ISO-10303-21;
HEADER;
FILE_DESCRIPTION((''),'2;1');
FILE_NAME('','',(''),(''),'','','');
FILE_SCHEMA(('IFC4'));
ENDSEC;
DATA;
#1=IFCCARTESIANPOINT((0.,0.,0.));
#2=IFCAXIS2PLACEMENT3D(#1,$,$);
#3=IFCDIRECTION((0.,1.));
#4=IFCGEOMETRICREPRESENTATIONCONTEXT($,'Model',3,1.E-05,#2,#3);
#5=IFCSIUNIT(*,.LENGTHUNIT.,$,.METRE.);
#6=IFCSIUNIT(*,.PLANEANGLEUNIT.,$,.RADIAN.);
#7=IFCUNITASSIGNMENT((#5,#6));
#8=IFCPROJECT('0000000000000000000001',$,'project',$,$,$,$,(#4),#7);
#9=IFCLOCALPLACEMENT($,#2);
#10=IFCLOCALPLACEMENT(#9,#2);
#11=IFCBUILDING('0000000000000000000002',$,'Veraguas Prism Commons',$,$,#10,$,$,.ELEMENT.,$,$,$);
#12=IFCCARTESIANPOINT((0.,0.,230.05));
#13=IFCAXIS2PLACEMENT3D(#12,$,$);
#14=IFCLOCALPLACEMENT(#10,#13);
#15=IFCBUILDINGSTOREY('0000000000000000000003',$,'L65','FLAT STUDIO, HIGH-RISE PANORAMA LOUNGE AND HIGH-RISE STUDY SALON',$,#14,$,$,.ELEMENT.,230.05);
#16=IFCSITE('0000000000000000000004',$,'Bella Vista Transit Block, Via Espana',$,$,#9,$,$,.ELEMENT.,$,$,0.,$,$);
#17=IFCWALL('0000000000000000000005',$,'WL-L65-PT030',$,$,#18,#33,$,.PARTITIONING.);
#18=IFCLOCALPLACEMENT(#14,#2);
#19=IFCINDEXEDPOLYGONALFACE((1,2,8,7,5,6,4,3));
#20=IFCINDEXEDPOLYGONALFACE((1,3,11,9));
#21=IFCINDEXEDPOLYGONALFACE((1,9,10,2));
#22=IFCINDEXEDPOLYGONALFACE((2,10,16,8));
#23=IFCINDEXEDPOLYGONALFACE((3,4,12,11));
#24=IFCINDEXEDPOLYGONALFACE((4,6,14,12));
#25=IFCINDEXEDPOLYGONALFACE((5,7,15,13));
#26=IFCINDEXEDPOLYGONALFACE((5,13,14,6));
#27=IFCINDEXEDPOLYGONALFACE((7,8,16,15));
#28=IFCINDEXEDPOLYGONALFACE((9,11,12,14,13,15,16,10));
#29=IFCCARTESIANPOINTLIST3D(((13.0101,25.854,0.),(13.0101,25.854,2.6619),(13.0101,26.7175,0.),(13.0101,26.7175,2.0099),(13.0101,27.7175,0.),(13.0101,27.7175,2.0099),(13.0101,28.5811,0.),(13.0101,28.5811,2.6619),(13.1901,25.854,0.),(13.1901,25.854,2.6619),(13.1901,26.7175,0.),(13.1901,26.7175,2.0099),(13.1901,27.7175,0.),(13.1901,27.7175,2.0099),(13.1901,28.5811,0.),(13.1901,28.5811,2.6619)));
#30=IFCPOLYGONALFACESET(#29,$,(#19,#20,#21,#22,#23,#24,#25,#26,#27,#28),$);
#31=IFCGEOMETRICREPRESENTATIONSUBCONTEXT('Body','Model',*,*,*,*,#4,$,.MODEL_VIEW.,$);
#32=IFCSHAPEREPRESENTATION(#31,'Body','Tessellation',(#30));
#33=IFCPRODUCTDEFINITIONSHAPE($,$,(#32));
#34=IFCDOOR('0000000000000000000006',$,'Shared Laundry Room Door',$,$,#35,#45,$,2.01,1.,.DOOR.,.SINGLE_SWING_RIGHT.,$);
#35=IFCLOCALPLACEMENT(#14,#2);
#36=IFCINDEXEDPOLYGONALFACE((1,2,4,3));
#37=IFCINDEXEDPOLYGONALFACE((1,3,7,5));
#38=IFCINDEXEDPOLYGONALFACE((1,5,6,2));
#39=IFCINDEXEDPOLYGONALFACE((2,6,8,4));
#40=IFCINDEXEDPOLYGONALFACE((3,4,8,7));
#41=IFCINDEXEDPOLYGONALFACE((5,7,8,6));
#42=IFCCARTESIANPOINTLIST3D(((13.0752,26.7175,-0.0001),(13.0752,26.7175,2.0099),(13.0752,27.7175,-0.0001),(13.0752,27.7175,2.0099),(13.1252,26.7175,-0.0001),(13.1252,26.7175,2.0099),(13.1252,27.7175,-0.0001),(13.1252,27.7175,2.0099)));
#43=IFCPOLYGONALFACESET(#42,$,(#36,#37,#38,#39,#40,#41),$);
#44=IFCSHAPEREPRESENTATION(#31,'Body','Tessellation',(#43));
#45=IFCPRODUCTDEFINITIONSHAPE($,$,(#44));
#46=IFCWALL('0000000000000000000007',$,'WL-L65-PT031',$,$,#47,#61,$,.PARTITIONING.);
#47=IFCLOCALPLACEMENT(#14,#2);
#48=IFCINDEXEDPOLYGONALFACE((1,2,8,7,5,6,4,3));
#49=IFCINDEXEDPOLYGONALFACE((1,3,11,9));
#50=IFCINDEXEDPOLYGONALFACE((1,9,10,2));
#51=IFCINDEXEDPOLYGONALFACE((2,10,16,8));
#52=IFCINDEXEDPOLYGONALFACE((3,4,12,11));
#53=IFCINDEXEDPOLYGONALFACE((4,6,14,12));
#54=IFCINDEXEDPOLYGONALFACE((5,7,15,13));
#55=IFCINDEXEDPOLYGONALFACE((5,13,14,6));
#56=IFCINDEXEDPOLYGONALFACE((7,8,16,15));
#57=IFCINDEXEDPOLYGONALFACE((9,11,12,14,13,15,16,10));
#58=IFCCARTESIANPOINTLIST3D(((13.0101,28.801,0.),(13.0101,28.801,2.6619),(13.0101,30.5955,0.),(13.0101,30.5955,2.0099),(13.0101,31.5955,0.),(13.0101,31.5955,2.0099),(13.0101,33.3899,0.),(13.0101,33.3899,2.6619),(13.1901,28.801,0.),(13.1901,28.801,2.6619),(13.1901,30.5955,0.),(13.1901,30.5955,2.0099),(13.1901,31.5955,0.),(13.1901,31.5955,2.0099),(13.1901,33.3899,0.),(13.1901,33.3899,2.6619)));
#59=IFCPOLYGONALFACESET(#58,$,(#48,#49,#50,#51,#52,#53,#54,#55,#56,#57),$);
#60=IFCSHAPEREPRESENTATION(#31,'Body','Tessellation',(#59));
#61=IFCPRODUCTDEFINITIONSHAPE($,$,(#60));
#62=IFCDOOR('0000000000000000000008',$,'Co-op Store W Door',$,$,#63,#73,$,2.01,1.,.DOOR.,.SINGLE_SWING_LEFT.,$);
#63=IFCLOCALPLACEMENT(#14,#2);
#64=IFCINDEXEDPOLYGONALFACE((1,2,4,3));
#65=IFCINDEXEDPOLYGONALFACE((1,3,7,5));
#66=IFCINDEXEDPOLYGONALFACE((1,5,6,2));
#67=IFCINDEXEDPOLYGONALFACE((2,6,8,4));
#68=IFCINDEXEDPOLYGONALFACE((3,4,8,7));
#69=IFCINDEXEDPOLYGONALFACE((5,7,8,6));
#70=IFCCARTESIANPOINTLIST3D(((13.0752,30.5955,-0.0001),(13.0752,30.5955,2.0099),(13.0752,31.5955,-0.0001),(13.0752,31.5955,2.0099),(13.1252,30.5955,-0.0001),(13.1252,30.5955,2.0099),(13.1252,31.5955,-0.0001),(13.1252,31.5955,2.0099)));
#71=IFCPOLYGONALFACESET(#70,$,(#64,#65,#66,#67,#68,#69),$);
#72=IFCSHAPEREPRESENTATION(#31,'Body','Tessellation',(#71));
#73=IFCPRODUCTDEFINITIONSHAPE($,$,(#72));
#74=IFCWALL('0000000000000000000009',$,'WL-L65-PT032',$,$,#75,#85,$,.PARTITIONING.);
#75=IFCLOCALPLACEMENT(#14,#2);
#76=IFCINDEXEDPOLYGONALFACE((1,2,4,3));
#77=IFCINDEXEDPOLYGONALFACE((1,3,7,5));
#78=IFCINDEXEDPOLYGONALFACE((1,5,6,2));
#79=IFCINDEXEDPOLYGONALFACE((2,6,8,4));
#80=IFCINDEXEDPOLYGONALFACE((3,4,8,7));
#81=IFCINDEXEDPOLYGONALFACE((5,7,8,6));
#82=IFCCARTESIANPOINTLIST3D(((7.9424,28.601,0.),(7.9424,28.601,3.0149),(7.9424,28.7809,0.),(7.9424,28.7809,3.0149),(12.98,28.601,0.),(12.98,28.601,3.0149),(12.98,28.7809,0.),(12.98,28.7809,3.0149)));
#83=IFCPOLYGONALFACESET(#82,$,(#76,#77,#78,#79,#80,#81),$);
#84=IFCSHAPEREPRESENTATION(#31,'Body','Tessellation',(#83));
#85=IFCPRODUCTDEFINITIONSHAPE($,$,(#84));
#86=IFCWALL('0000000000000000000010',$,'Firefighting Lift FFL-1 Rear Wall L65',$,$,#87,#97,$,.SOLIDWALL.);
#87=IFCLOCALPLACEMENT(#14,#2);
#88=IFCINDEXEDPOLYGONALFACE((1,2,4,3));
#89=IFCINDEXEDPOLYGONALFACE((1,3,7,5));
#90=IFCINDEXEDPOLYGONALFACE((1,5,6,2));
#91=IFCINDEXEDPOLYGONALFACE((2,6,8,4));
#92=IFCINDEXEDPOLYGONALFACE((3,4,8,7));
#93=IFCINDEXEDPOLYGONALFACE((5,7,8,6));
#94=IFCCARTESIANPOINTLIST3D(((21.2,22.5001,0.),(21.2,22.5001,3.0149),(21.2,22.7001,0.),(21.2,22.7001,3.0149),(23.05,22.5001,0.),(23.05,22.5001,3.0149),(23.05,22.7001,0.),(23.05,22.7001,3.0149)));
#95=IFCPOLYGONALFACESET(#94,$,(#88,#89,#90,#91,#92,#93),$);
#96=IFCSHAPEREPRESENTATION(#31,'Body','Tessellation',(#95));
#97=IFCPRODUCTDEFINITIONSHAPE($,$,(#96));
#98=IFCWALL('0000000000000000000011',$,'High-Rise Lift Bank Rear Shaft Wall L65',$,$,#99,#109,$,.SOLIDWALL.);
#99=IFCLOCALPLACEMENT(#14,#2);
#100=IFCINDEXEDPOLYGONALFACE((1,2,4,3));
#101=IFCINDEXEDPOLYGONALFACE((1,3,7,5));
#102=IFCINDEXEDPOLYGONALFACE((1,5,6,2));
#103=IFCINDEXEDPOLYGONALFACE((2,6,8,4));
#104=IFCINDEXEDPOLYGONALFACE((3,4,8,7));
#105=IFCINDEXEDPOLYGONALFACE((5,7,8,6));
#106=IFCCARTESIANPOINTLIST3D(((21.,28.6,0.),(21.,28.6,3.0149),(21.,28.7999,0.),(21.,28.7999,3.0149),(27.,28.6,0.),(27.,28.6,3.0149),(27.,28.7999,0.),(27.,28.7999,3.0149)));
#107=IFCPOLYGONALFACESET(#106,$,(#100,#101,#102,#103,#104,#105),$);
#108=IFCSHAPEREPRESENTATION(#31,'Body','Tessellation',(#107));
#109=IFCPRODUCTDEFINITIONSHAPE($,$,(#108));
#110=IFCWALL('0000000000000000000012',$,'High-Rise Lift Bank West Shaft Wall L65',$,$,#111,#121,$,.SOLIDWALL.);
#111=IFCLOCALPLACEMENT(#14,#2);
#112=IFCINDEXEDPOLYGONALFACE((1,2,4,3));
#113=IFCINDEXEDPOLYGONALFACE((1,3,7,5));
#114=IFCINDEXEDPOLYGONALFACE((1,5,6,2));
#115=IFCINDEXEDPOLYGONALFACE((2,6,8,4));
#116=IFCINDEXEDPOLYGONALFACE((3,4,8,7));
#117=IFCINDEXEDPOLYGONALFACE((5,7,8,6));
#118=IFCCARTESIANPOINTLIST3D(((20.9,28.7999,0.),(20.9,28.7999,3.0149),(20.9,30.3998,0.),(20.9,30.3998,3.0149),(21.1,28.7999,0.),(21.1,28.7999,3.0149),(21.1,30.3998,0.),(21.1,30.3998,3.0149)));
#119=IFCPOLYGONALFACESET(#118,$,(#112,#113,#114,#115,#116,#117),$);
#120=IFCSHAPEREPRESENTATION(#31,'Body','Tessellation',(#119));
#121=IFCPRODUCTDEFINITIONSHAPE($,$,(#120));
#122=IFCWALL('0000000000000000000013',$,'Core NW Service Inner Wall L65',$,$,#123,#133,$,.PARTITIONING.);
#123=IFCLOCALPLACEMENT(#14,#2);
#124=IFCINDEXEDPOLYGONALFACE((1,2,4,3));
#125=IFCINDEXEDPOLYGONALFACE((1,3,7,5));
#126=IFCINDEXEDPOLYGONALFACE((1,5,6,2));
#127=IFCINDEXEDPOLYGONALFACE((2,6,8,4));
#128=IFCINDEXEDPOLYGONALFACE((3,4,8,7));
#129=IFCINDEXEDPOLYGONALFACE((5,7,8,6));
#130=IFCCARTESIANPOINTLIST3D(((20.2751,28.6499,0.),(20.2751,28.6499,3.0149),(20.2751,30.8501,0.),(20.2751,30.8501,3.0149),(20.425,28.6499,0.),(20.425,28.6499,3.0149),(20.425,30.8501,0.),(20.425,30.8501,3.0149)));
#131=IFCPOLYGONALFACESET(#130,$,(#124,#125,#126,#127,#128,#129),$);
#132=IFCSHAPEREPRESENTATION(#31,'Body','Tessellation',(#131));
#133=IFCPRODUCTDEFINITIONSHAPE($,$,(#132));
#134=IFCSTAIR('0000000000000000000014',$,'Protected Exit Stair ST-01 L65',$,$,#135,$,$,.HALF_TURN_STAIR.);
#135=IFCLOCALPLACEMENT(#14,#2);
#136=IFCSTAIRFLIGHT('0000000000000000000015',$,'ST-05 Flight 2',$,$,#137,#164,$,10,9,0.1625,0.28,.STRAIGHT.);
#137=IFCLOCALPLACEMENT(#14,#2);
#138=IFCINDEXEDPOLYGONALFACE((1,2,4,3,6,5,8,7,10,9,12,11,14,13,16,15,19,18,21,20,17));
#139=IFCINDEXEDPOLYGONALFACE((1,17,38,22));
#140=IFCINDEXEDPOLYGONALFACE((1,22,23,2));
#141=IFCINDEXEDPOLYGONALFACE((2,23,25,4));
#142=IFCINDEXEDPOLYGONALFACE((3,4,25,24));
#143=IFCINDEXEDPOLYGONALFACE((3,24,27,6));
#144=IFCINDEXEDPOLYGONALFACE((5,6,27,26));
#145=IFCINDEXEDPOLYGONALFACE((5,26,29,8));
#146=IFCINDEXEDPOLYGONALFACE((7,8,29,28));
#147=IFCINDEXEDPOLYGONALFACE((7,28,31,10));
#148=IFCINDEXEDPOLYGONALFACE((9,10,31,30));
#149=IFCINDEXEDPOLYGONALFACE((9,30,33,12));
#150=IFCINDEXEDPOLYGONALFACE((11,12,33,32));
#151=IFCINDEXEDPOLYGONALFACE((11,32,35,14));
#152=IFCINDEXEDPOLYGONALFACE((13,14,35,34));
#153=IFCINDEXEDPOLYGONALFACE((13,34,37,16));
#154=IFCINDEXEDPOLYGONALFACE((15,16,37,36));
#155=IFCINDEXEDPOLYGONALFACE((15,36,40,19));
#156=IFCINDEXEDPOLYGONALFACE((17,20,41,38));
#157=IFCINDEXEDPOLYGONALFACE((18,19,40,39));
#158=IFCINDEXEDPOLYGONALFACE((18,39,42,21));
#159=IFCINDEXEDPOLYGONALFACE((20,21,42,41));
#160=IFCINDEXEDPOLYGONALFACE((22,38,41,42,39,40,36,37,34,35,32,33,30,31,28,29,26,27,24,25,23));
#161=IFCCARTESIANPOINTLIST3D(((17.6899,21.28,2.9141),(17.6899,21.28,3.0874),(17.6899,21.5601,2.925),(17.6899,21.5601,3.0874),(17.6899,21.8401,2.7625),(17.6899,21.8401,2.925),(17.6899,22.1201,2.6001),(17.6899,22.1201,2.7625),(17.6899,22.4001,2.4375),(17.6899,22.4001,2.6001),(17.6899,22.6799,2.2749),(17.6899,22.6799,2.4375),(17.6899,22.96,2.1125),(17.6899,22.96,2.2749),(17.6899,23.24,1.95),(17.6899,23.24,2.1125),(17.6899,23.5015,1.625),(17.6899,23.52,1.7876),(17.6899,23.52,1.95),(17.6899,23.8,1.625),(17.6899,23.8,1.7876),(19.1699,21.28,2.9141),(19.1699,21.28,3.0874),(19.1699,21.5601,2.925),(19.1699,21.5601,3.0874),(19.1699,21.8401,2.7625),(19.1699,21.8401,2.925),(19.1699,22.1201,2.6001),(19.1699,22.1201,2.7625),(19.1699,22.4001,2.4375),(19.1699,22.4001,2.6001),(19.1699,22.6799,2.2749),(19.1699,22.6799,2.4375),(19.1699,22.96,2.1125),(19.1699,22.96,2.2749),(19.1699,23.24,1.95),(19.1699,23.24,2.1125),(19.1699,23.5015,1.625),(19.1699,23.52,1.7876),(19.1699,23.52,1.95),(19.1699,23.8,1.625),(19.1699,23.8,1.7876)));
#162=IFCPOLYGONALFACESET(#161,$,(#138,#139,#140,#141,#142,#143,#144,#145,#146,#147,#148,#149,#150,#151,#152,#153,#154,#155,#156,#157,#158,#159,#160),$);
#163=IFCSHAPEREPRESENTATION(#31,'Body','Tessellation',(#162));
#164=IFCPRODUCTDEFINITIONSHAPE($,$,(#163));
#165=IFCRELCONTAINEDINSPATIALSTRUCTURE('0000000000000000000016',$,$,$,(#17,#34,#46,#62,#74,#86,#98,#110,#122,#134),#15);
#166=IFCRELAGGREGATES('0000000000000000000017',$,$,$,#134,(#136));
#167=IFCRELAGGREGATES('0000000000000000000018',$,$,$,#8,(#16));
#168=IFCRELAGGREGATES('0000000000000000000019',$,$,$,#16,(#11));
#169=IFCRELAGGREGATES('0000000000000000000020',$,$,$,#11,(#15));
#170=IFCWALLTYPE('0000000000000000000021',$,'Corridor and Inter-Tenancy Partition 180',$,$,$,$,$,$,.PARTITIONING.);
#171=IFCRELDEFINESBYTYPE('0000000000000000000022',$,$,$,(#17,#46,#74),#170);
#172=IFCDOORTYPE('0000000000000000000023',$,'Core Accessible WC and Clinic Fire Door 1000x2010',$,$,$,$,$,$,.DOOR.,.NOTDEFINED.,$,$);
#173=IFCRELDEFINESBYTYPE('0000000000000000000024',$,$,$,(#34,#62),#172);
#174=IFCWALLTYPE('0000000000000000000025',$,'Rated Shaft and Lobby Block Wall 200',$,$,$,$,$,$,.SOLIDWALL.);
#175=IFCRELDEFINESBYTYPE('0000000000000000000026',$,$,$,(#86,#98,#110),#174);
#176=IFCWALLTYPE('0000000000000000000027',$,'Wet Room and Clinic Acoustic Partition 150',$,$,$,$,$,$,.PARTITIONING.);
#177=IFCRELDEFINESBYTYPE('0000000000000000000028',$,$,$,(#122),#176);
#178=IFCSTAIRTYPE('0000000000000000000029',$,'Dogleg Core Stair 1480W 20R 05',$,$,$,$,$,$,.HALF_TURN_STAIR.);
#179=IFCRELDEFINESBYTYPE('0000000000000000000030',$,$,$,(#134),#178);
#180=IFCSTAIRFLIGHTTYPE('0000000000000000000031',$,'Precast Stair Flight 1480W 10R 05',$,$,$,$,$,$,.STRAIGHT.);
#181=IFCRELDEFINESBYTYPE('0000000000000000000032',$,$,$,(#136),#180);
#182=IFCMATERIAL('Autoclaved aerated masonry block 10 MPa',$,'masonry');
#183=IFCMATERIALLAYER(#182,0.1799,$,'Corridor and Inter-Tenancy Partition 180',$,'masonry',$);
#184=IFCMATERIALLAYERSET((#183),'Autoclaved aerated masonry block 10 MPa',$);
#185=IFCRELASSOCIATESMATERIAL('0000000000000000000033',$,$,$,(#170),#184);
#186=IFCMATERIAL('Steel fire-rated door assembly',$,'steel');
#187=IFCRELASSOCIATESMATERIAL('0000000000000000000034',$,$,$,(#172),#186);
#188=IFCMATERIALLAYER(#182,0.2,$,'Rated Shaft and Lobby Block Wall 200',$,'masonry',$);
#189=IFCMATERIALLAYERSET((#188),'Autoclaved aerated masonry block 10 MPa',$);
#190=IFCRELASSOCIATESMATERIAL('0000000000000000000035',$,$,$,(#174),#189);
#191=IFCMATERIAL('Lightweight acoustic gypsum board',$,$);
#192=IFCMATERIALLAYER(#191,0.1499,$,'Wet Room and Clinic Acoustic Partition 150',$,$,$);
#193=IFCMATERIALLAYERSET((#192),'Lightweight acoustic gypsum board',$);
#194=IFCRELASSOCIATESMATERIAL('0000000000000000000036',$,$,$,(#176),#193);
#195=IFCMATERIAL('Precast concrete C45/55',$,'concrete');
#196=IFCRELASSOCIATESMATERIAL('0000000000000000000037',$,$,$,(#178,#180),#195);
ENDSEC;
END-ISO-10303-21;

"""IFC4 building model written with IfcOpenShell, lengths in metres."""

from ifc_helpers import new_model, si_unit, direction, frame, frame_2d, origin, place, context, subcontext, project, spatial, polyline, rectangle, outline, extrude, source, transform, mapped, material, layer, layer_set, type_object, element, fill, aggregate, save


model = new_model("IFC4")

# Units and contexts
model_context = context("Model", 3, precision=1e-05, world=origin(), true_north=direction((0.0, 1.0)))
body_context = subcontext(model_context, "Body", "Model", "MODEL_VIEW")
ifc_project = project(units=[si_unit("LENGTHUNIT", "METRE"), si_unit("PLANEANGLEUNIT", "RADIAN")], contexts=[model_context])

# Site, building, storey
site_placement = place(None, origin())
site = spatial("IfcSite", under=ifc_project, at=site_placement, Name="Bella Vista Transit Block, Via Espana", CompositionType="ELEMENT", RefElevation=0.0)
building_placement = place(site_placement, origin())
building = spatial("IfcBuilding", under=site, at=building_placement, Name="Veraguas Prism Commons", CompositionType="ELEMENT")
storey_placement = place(building_placement, frame((0.0, 0.0, 230.05)))
storey = spatial("IfcBuildingStorey", under=building, at=storey_placement, Name="L65", Description="FLAT STUDIO, HIGH-RISE PANORAMA LOUNGE AND HIGH-RISE STUDY SALON", CompositionType="ELEMENT", Elevation=230.05)

# Shared definitions
ifc_material_1 = material(Name="Steel fire-rated door assembly", Category="steel")

# Shared definitions
ifc_material_2 = material(Name="Autoclaved aerated masonry block 10 MPa", Category="masonry")
ifc_layer_1 = layer(ifc_material_2, 0.1799, Name="Corridor and Inter-Tenancy Partition 180", Category="masonry")
ifc_layer_set_1 = layer_set([ifc_layer_1], Name="Autoclaved aerated masonry block 10 MPa")
wall_type_1 = type_object("IfcWallType", Name="Corridor and Inter-Tenancy Partition 180", PredefinedType="PARTITIONING", material=ifc_layer_set_1)

# Walls, openings, doors
wall_1_placement = place(storey_placement, frame((13.1001, 25.854, 0.0), z_axis=(0.0, 0.0, 1.0), x_axis=(0.0, 1.0, 0.0)))
wall_1 = element("IfcWall", 1, at=wall_1_placement, inside=storey, type_object=wall_type_1, Name="WL-L65-PT030", PredefinedType="PARTITIONING", context=body_context, shape_type="SweptSolid", body=[
    extrude(rectangle(XDim=2.7271, YDim=0.1799, at=frame_2d((1.3635, 0.0))), origin(), (0.0, 0.0, 1.0), 2.6619),
])
opening_1_placement = place(wall_1_placement, frame((0.8635, 0.0, 0.0)))
opening_1 = element("IfcOpeningElement", 2, at=opening_1_placement, cuts=wall_1, PredefinedType="OPENING", context=body_context, shape_type="SweptSolid", body=[
    extrude(rectangle(XDim=1.0, YDim=2.01, at=frame_2d((0.5, 1.0049))), frame((0.0, 0.0999, 0.0), z_axis=(0.0, -1.0, 0.0), x_axis=(1.0, 0.0, 0.0)), (0.0, 0.0, 1.0), 0.2),
])
door_type_1 = type_object("IfcDoorType", Name="Core Accessible WC and Clinic Fire Door 1000x2010", OperationType="NOTDEFINED", PredefinedType="DOOR", material=ifc_material_1)
shared_shape_1 = source(origin(), body_context, "Body", "SweptSolid", [
    extrude(rectangle(XDim=1.0, YDim=2.01, at=frame_2d((0.5, 1.0049))), frame((0.0, 0.0249, 0.0), z_axis=(0.0, -1.0, 0.0), x_axis=(1.0, 0.0, 0.0)), (0.0, 0.0, 1.0), 0.05),
])
door_1_placement = place(opening_1_placement, origin())
door_1 = element("IfcDoor", 3, at=door_1_placement, inside=storey, type_object=door_type_1, Name="Shared Laundry Room Door", OperationType="SINGLE_SWING_RIGHT", OverallHeight=2.01, OverallWidth=1.0, PredefinedType="DOOR", context=body_context, shape_type="MappedRepresentation", body=[
    mapped(shared_shape_1, transform((0.0, 0.0, 0.0), scale=1.0)),
])
fill(opening_1, door_1)
wall_2_placement = place(storey_placement, frame((13.1001, 28.801, 0.0), z_axis=(0.0, 0.0, 1.0), x_axis=(0.0, 1.0, 0.0)))
wall_2 = element("IfcWall", 4, at=wall_2_placement, inside=storey, type_object=wall_type_1, Name="WL-L65-PT031", PredefinedType="PARTITIONING", context=body_context, shape_type="SweptSolid", body=[
    extrude(rectangle(XDim=4.5889, YDim=0.1799, at=frame_2d((2.2944, 0.0))), origin(), (0.0, 0.0, 1.0), 2.6619),
])
opening_2_placement = place(wall_2_placement, frame((1.7944, 0.0, 0.0)))
opening_2 = element("IfcOpeningElement", 5, at=opening_2_placement, cuts=wall_2, PredefinedType="OPENING", context=body_context, shape_type="SweptSolid", body=[
    extrude(rectangle(XDim=1.0, YDim=2.01, at=frame_2d((0.5, 1.0049))), frame((0.0, 0.0999, 0.0), z_axis=(0.0, -1.0, 0.0), x_axis=(1.0, 0.0, 0.0)), (0.0, 0.0, 1.0), 0.2),
])
door_2_placement = place(opening_2_placement, origin())
door_2 = element("IfcDoor", 6, at=door_2_placement, inside=storey, type_object=door_type_1, Name="Co-op Store W Door", OperationType="SINGLE_SWING_LEFT", OverallHeight=2.01, OverallWidth=1.0, PredefinedType="DOOR", context=body_context, shape_type="MappedRepresentation", body=[
    mapped(shared_shape_1, transform((0.0, 0.0, 0.0), scale=1.0)),
])
fill(opening_2, door_2)

# Walls
wall_3_placement = place(storey_placement, frame((12.98, 28.6909, 0.0), z_axis=(0.0, 0.0, 1.0), x_axis=(-1.0, 0.0, 0.0)))
element("IfcWall", 7, at=wall_3_placement, inside=storey, type_object=wall_type_1, Name="WL-L65-PT032", PredefinedType="PARTITIONING", context=body_context, shape_type="SweptSolid", body=[
    extrude(rectangle(XDim=5.0376, YDim=0.1799, at=frame_2d((2.5188, 0.0))), origin(), (0.0, 0.0, 1.0), 3.0149),
])
ifc_layer_2 = layer(ifc_material_2, 0.2, Name="Rated Shaft and Lobby Block Wall 200", Category="masonry")
ifc_layer_set_2 = layer_set([ifc_layer_2], Name="Autoclaved aerated masonry block 10 MPa")
wall_type_2 = type_object("IfcWallType", Name="Rated Shaft and Lobby Block Wall 200", PredefinedType="SOLIDWALL", material=ifc_layer_set_2)
wall_4_placement = place(storey_placement, frame((21.2, 22.6001, 0.0), z_axis=(0.0, 0.0, 1.0), x_axis=(1.0, 0.0, 0.0)))
element("IfcWall", 8, at=wall_4_placement, inside=storey, type_object=wall_type_2, Name="Firefighting Lift FFL-1 Rear Wall L65", PredefinedType="SOLIDWALL", context=body_context, shape_type="SweptSolid", body=[
    extrude(rectangle(XDim=1.8501, YDim=0.2, at=frame_2d((0.925, 0.0))), origin(), (0.0, 0.0, 1.0), 3.0149),
])
wall_5_placement = place(storey_placement, frame((21.0, 28.7, 0.0), z_axis=(0.0, 0.0, 1.0), x_axis=(1.0, 0.0, 0.0)))
element("IfcWall", 9, at=wall_5_placement, inside=storey, type_object=wall_type_2, Name="High-Rise Lift Bank Rear Shaft Wall L65", PredefinedType="SOLIDWALL", context=body_context, shape_type="SweptSolid", body=[
    extrude(rectangle(XDim=6.0, YDim=0.2, at=frame_2d((3.0, 0.0))), origin(), (0.0, 0.0, 1.0), 3.0149),
])
wall_6_placement = place(storey_placement, frame((21.0, 28.8, 0.0), z_axis=(0.0, 0.0, 1.0), x_axis=(0.0, 1.0, 0.0)))
element("IfcWall", 10, at=wall_6_placement, inside=storey, type_object=wall_type_2, Name="High-Rise Lift Bank West Shaft Wall L65", PredefinedType="SOLIDWALL", context=body_context, shape_type="SweptSolid", body=[
    extrude(rectangle(XDim=1.5999, YDim=0.2, at=frame_2d((0.7998, 0.0))), origin(), (0.0, 0.0, 1.0), 3.0149),
])
ifc_material_3 = material(Name="Lightweight acoustic gypsum board")
ifc_layer_3 = layer(ifc_material_3, 0.1499, Name="Wet Room and Clinic Acoustic Partition 150")
ifc_layer_set_3 = layer_set([ifc_layer_3], Name="Lightweight acoustic gypsum board")
wall_type_3 = type_object("IfcWallType", Name="Wet Room and Clinic Acoustic Partition 150", PredefinedType="PARTITIONING", material=ifc_layer_set_3)
wall_7_placement = place(storey_placement, frame((20.3501, 28.6499, 0.0), z_axis=(0.0, 0.0, 1.0), x_axis=(0.0, 1.0, 0.0)))
element("IfcWall", 11, at=wall_7_placement, inside=storey, type_object=wall_type_3, Name="Core NW Service Inner Wall L65", PredefinedType="PARTITIONING", context=body_context, shape_type="SweptSolid", body=[
    extrude(rectangle(XDim=2.2002, YDim=0.1499, at=frame_2d((1.1001, 0.0))), origin(), (0.0, 0.0, 1.0), 3.0149),
])

# Stair, stair flight
ifc_material_4 = material(Name="Precast concrete C45/55", Category="concrete")
stair_type = type_object("IfcStairType", Name="Dogleg Core Stair 1480W 20R 05", PredefinedType="HALF_TURN_STAIR", material=ifc_material_4)
stair_placement = place(storey_placement, origin())
stair = element("IfcStair", 12, at=stair_placement, inside=storey, type_object=stair_type, Name="Protected Exit Stair ST-01 L65", PredefinedType="HALF_TURN_STAIR")
stair_flight_type = type_object("IfcStairFlightType", Name="Precast Stair Flight 1480W 10R 05", PredefinedType="STRAIGHT", material=ifc_material_4)
stair_flight_placement = place(storey_placement, frame((18.4299, 23.8, 1.625), z_axis=(0.0, 0.0, 1.0), x_axis=(0.0, -1.0, 0.0)))
stair_flight = element("IfcStairFlight", 13, at=stair_flight_placement, type_object=stair_flight_type, Name="ST-05 Flight 2", NumberOfRisers=10, NumberOfTreads=9, PredefinedType="STRAIGHT", RiserHeight=0.1625, TreadLength=0.28, context=body_context, shape_type="SweptSolid", body=[
    extrude(outline(polyline([(0.0, 0.0), (0.0, 0.1626), (0.28, 0.1626), (0.28, 0.325), (0.5601, 0.325), (0.5601, 0.4875), (0.8401, 0.4875), (0.8401, 0.6499), (1.1201, 0.6499), (1.1201, 0.8125), (1.3999, 0.8125), (1.3999, 0.9751), (1.6799, 0.9751), (1.6799, 1.1375), (1.96, 1.1375), (1.96, 1.3), (2.24, 1.3), (2.24, 1.4624), (2.52, 1.4624), (2.52, 1.625), (2.52, 1.2891), (0.2986, 0.0), (0.0, 0.0)])), frame((0.0, 0.74, 0.0), z_axis=(0.0, -1.0, 0.0), x_axis=(1.0, 0.0, 0.0)), (0.0, 0.0, 1.0), 1.48),
])
aggregate(stair, [stair_flight])

save(model, "model.ifc")
